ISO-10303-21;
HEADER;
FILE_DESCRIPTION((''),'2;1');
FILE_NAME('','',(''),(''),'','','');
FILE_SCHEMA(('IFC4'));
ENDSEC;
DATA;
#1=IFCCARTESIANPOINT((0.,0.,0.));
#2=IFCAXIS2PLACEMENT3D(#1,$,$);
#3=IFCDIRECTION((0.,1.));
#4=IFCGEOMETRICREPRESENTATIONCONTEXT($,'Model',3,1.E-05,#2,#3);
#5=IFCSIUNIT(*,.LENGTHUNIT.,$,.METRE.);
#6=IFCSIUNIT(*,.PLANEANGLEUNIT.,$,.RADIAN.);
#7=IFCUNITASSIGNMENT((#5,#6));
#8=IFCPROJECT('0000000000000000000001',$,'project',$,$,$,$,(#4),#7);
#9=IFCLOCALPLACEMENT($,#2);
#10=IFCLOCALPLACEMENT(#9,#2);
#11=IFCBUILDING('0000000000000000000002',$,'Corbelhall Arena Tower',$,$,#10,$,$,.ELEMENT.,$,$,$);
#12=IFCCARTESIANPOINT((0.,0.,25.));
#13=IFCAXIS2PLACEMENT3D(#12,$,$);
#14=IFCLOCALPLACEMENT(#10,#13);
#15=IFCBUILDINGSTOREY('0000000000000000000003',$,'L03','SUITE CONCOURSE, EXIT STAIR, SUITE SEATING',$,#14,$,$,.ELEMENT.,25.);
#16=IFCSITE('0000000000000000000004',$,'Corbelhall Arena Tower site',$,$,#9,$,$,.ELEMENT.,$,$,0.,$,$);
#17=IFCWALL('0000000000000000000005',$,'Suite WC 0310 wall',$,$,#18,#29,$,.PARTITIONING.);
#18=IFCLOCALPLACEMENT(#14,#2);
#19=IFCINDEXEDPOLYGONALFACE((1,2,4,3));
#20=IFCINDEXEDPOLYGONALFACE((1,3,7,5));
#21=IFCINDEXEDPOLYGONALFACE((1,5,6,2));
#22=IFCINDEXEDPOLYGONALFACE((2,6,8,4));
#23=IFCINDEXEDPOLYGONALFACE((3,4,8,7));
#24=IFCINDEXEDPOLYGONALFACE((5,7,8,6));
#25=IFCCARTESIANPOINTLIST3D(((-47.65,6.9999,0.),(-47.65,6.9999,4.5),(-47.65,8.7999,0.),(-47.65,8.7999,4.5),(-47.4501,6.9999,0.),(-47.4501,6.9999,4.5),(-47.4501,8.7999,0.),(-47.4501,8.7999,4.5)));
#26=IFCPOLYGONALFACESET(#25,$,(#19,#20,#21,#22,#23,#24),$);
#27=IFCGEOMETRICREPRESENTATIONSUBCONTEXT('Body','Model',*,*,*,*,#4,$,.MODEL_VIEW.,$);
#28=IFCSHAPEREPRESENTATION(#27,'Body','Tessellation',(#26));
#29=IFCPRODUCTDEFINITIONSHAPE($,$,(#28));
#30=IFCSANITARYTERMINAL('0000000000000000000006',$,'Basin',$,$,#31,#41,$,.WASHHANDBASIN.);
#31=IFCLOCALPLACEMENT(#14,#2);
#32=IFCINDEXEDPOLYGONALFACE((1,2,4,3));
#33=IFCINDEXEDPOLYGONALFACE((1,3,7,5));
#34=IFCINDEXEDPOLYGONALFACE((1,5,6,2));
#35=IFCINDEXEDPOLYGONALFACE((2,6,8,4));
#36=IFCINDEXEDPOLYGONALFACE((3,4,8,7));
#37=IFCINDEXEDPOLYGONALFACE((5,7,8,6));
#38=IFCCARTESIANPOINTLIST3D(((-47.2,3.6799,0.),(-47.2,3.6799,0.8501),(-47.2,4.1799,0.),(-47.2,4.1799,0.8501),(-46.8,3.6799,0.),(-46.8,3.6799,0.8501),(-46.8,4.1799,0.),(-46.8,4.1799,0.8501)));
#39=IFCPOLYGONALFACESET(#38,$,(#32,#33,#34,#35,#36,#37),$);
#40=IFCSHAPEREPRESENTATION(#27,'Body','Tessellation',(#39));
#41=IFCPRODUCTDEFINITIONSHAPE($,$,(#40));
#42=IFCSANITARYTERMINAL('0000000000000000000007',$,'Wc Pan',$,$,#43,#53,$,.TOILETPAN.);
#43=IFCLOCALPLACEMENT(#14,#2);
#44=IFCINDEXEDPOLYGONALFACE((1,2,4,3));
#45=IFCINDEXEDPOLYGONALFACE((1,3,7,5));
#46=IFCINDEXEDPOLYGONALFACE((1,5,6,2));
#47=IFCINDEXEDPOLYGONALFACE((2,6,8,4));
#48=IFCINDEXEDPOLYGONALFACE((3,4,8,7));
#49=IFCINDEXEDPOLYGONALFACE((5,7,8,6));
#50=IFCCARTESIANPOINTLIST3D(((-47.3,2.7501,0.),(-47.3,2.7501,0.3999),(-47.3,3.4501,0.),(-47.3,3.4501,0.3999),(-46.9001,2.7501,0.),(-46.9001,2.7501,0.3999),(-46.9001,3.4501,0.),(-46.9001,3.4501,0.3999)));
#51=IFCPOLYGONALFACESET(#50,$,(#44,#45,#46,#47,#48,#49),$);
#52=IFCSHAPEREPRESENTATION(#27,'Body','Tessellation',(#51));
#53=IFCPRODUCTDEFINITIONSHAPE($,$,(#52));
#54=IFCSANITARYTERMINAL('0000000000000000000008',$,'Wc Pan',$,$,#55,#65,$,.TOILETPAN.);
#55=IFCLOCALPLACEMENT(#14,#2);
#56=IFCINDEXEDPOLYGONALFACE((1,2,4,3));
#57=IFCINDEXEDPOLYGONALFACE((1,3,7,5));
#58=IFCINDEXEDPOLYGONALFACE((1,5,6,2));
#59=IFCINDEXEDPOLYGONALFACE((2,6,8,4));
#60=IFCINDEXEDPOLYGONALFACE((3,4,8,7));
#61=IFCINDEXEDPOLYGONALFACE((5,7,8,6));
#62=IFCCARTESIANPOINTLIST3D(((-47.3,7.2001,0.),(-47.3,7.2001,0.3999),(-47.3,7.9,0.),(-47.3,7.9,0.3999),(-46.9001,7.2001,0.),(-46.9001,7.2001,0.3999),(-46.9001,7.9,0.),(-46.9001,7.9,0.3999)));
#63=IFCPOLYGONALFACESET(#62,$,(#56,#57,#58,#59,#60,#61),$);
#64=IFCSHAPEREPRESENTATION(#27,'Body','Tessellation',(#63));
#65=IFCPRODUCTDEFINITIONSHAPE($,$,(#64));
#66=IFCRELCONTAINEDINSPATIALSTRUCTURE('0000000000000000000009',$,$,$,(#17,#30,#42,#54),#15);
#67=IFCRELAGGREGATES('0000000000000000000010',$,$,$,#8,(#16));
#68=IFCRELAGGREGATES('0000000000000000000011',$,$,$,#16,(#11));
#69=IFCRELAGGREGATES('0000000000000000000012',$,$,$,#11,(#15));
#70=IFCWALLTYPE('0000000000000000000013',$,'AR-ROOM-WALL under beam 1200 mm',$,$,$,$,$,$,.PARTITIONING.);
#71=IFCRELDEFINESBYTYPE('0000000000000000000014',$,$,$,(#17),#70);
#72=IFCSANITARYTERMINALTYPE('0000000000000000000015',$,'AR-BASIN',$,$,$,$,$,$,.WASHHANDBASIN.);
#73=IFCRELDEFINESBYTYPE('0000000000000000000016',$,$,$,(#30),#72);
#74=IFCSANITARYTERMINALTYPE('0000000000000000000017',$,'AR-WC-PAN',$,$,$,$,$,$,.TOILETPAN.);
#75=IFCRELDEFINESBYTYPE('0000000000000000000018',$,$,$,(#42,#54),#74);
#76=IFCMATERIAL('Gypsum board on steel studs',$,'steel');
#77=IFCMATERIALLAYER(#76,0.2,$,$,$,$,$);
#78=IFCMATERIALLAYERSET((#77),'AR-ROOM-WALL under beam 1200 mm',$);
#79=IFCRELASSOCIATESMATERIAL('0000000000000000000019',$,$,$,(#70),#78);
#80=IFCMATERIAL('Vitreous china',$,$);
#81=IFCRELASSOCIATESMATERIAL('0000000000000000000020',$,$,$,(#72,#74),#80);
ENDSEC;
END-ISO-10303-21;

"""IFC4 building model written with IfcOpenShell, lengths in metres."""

from ifc_helpers import new_model, si_unit, direction, frame, frame_2d, origin, origin_2d, place, context, subcontext, project, spatial, rectangle, extrude, material, layer, layer_set, type_object, element, save


model = new_model("IFC4")

# Units and contexts
model_context = context("Model", 3, precision=1e-05, world=origin(), true_north=direction((0.0, 1.0)))
body_context = subcontext(model_context, "Body", "Model", "MODEL_VIEW")
ifc_project = project(units=[si_unit("LENGTHUNIT", "METRE"), si_unit("PLANEANGLEUNIT", "RADIAN")], contexts=[model_context])

# Site, building, storey
site_placement = place(None, origin())
site = spatial("IfcSite", under=ifc_project, at=site_placement, Name="Corbelhall Arena Tower site", CompositionType="ELEMENT", RefElevation=0.0)
building_placement = place(site_placement, origin())
building = spatial("IfcBuilding", under=site, at=building_placement, Name="Corbelhall Arena Tower", CompositionType="ELEMENT")
storey_placement = place(building_placement, frame((0.0, 0.0, 25.0)))
storey = spatial("IfcBuildingStorey", under=building, at=storey_placement, Name="L03", Description="SUITE CONCOURSE, EXIT STAIR, SUITE SEATING", CompositionType="ELEMENT", Elevation=25.0)

# Shared definitions
ifc_material_1 = material(Name="Gypsum board on steel studs", Category="steel")

# Wall
ifc_layer_1 = layer(ifc_material_1, 0.2)
ifc_layer_set_1 = layer_set([ifc_layer_1], Name="AR-ROOM-WALL under beam 1200 mm")
wall_type_1 = type_object("IfcWallType", Name="AR-ROOM-WALL under beam 1200 mm", PredefinedType="PARTITIONING", material=ifc_layer_set_1)
for number, where, z_axis, x_axis, name in (
    (1, (-47.55, 7.0, 0.0), (0.0, 0.0, 1.0), (0.0, 1.0, 0.0), "Suite WC 0310 wall"),
):
    element("IfcWall", number, at=place(storey_placement, frame(where, z_axis=z_axis, x_axis=x_axis)), inside=storey, type_object=wall_type_1, Name=name, PredefinedType="PARTITIONING", context=body_context, shape_type="SweptSolid", body=[
        extrude(rectangle(XDim=1.8, YDim=0.2, at=frame_2d((0.8999, 0.0))), origin(), (0.0, 0.0, 1.0), 4.5),
    ])

# Sanitary terminals
ifc_material_2 = material(Name="Vitreous china")
sanitary_terminal_type_1 = type_object("IfcSanitaryTerminalType", Name="AR-BASIN", PredefinedType="WASHHANDBASIN", material=ifc_material_2)
sanitary_terminal_placement = place(storey_placement, frame((-47.0, 3.9299, 0.0), z_axis=(0.0, 0.0, 1.0), x_axis=(1.0, 0.0, 0.0)))
element("IfcSanitaryTerminal", 2, at=sanitary_terminal_placement, inside=storey, type_object=sanitary_terminal_type_1, Name="Basin", PredefinedType="WASHHANDBASIN", context=body_context, shape_type="SweptSolid", body=[
    extrude(rectangle(XDim=0.3999, YDim=0.5, at=origin_2d()), origin(), (0.0, 0.0, 1.0), 0.8501),
])
sanitary_terminal_type_2 = type_object("IfcSanitaryTerminalType", Name="AR-WC-PAN", PredefinedType="TOILETPAN", material=ifc_material_2)
for number, where, z_axis, x_axis, name in (
    (3, (-47.1001, 3.1001, 0.0), (0.0, 0.0, 1.0), (1.0, 0.0, 0.0), "Wc Pan"),
    (4, (-47.1001, 7.55, 0.0), (0.0, 0.0, 1.0), (1.0, 0.0, 0.0), "Wc Pan"),
):
    element("IfcSanitaryTerminal", number, at=place(storey_placement, frame(where, z_axis=z_axis, x_axis=x_axis)), inside=storey, type_object=sanitary_terminal_type_2, Name=name, PredefinedType="TOILETPAN", context=body_context, shape_type="SweptSolid", body=[
        extrude(rectangle(XDim=0.3999, YDim=0.7, at=origin_2d()), origin(), (0.0, 0.0, 1.0), 0.3999),
    ])

save(model, "model.ifc")
